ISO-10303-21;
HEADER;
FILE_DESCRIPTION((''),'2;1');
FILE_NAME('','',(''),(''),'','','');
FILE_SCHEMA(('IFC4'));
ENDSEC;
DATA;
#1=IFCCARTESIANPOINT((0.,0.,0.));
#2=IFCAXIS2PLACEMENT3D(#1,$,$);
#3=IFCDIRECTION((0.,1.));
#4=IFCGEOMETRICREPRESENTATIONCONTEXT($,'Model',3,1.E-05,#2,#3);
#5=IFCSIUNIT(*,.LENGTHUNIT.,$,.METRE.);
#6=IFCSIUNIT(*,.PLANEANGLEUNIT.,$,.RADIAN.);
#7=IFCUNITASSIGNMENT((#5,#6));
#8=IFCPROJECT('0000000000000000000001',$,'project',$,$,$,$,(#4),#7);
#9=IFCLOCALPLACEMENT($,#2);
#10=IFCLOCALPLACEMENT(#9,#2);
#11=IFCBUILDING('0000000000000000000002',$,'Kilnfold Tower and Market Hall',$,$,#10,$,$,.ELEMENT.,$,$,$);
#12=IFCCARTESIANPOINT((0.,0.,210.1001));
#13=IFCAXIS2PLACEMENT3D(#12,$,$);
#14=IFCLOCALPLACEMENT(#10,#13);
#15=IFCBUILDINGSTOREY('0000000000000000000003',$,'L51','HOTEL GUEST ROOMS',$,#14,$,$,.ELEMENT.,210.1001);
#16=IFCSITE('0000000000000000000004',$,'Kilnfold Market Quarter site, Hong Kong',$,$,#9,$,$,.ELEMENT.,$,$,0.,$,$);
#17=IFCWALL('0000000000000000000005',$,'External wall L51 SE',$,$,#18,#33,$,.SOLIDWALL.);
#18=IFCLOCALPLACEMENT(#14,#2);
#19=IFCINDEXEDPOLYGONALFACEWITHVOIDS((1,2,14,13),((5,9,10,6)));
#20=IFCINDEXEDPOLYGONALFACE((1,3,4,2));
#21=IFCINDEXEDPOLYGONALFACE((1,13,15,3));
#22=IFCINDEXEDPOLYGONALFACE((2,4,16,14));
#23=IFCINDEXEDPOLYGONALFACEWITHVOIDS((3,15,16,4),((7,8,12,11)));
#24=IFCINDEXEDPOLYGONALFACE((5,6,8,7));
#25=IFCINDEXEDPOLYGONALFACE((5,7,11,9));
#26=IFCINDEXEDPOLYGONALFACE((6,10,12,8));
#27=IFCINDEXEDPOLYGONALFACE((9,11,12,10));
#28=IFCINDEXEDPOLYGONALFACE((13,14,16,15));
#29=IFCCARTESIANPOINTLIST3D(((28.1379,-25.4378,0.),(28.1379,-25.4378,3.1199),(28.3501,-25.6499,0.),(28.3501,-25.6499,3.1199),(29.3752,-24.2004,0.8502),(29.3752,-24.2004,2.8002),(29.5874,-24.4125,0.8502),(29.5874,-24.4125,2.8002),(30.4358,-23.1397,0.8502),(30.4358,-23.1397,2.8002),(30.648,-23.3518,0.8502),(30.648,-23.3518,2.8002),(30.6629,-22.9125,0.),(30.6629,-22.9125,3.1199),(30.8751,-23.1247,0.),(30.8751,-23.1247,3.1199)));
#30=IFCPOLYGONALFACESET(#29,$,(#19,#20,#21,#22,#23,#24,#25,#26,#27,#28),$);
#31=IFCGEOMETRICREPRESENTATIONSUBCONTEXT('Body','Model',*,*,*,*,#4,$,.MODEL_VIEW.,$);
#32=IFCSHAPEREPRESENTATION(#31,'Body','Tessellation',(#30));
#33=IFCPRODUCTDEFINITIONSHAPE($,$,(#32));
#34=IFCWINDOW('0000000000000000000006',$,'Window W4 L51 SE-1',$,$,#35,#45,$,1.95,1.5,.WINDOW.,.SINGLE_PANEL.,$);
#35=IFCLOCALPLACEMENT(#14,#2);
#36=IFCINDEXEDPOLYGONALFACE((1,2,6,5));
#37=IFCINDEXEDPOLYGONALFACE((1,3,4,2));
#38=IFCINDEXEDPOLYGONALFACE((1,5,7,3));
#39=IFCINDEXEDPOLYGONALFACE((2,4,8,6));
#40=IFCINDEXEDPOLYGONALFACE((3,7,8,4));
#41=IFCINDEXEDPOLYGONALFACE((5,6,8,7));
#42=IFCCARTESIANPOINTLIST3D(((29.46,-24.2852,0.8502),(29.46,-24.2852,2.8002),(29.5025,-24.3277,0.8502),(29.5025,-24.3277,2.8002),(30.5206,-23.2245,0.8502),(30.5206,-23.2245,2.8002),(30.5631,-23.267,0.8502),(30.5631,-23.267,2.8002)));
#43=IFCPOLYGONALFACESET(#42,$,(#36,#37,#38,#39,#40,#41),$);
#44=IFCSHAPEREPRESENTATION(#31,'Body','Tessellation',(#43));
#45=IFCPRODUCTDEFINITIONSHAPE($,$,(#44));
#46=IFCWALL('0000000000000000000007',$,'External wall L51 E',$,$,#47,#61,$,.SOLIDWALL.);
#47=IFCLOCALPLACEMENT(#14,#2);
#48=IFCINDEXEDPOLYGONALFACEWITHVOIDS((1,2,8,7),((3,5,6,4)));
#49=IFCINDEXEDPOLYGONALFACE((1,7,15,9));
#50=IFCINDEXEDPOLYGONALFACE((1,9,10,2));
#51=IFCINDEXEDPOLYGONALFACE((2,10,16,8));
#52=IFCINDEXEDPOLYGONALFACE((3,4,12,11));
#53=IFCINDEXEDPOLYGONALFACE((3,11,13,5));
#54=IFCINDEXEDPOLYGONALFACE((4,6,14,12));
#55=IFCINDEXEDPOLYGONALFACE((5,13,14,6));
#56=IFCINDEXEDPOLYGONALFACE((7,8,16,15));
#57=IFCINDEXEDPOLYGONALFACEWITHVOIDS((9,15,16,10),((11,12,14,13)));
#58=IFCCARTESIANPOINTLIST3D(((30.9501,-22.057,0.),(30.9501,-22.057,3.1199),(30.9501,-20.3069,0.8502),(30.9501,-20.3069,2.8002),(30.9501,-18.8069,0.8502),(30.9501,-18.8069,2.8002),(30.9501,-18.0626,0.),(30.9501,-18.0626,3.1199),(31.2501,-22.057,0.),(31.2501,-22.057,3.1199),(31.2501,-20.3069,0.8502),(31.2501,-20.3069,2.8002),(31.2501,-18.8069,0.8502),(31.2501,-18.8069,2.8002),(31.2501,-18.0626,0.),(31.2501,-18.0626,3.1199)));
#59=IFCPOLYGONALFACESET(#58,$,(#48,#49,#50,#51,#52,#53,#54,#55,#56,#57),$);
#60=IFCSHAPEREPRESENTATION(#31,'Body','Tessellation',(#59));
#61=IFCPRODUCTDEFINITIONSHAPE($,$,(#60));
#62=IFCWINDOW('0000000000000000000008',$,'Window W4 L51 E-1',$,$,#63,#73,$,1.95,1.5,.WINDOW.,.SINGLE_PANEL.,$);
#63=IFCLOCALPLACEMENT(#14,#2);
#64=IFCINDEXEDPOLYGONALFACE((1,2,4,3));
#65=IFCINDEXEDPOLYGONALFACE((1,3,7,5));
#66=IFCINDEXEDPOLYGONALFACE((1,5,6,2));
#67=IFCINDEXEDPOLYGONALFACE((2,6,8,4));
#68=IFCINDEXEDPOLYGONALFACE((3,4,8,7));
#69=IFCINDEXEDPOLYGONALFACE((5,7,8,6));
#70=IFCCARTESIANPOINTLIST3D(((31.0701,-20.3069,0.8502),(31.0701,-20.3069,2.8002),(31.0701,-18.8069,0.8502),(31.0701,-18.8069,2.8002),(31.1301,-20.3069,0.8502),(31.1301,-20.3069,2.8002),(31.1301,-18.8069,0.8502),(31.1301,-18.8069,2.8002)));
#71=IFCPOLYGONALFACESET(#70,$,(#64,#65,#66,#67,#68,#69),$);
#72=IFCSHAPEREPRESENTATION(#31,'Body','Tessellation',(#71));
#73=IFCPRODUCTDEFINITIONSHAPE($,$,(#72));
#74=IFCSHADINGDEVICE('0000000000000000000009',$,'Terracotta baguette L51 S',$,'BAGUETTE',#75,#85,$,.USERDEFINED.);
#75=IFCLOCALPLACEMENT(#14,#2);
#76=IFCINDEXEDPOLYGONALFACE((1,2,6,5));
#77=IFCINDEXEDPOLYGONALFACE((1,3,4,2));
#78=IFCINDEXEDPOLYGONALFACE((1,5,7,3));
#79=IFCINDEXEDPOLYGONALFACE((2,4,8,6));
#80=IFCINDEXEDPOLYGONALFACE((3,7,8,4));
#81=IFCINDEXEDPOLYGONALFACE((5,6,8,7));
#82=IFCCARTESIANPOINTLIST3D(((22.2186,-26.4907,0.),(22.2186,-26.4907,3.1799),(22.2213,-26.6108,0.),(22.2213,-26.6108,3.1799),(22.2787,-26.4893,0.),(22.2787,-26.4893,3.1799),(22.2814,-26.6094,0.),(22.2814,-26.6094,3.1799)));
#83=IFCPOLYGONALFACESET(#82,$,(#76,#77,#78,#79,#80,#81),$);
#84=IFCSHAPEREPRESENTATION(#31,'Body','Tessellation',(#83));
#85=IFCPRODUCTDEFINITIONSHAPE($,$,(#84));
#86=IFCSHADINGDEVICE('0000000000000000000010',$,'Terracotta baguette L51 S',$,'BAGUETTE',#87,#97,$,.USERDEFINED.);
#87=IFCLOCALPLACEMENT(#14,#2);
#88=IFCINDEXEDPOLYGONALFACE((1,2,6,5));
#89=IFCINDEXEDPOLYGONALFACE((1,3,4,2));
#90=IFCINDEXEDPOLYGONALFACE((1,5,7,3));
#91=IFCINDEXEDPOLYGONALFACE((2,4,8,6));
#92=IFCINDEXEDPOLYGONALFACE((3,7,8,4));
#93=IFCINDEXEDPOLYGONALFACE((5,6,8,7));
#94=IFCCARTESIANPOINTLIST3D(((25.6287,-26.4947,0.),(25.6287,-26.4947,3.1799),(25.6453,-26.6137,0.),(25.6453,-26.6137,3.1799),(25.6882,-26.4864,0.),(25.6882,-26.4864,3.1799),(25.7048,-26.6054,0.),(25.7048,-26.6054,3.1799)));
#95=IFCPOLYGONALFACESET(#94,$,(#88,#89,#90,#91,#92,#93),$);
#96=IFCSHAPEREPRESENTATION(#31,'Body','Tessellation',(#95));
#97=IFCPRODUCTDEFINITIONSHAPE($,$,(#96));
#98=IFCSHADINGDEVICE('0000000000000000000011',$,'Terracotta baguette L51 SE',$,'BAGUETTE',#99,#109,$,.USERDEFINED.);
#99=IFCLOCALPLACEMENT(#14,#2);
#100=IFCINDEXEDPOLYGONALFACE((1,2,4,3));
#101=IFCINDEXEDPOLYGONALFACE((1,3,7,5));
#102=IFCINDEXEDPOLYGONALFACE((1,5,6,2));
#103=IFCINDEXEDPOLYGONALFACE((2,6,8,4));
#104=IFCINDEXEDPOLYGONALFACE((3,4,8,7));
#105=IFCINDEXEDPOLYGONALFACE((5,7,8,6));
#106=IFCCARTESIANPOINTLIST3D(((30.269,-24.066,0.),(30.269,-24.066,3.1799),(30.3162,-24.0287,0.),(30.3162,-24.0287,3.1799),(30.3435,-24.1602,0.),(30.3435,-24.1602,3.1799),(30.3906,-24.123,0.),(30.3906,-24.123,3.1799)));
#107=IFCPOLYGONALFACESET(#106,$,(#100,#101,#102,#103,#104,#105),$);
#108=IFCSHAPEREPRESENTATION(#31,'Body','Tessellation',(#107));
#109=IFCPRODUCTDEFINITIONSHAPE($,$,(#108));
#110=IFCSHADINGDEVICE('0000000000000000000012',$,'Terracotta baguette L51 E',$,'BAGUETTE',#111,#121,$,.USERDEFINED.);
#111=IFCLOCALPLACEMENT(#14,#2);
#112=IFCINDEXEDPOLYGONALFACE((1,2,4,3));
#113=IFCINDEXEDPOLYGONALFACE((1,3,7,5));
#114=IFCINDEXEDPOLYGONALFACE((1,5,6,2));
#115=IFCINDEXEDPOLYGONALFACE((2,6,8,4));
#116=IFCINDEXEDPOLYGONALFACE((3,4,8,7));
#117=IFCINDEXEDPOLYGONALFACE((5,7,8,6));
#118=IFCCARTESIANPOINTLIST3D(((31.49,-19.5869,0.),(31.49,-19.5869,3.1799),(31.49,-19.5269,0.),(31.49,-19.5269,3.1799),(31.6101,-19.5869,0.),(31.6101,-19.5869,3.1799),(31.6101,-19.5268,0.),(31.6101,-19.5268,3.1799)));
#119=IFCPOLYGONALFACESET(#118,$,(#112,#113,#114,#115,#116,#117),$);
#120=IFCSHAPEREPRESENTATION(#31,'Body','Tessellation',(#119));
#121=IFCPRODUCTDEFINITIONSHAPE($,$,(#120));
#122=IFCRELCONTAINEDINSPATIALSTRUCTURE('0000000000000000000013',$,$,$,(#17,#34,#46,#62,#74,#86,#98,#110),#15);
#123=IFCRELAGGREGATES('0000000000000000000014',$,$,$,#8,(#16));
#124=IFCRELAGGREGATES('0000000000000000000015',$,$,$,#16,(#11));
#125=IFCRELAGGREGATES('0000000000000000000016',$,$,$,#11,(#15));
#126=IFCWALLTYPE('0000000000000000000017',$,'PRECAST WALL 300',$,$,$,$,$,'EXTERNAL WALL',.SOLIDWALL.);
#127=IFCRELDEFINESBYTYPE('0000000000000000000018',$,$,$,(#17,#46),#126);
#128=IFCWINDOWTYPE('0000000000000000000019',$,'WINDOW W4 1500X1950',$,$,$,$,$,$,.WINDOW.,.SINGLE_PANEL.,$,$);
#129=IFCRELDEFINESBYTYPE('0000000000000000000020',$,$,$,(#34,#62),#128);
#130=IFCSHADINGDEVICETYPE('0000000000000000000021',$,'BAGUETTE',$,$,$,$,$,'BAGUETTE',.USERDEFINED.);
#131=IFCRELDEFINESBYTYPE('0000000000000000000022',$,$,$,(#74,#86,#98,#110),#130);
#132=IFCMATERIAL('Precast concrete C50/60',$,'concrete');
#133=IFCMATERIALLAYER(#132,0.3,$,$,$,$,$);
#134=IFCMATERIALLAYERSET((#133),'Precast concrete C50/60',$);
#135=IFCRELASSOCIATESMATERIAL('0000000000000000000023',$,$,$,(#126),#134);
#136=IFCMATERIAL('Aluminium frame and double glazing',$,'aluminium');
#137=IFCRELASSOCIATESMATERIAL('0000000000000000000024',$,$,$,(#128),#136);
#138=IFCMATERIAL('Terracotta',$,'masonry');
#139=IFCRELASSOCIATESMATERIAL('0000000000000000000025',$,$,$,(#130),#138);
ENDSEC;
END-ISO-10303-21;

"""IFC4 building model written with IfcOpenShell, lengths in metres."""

from ifc_helpers import new_model, si_unit, direction, frame, frame_2d, origin, origin_2d, place, context, subcontext, project, spatial, rectangle, extrude, source, transform, mapped, material, layer, layer_set, material_profile, profile_set, type_object, element, fill, save


model = new_model("IFC4")

# Units and contexts
model_context = context("Model", 3, precision=1e-05, world=origin(), true_north=direction((0.0, 1.0)))
body_context = subcontext(model_context, "Body", "Model", "MODEL_VIEW")
ifc_project = project(units=[si_unit("LENGTHUNIT", "METRE"), si_unit("PLANEANGLEUNIT", "RADIAN")], contexts=[model_context])

# Site, building, storey
site_placement = place(None, origin())
site = spatial("IfcSite", under=ifc_project, at=site_placement, Name="Kilnfold Market Quarter site, Hong Kong", CompositionType="ELEMENT", RefElevation=0.0)
building_placement = place(site_placement, origin())
building = spatial("IfcBuilding", under=site, at=building_placement, Name="Kilnfold Tower and Market Hall", CompositionType="ELEMENT")
storey_placement = place(building_placement, frame((0.0, 0.0, 210.1001)))
storey = spatial("IfcBuildingStorey", under=building, at=storey_placement, Name="L51", Description="HOTEL GUEST ROOMS", CompositionType="ELEMENT", Elevation=210.1001)

# Shared definitions
ifc_material_1 = material(Name="Precast concrete C50/60", Category="concrete")
ifc_layer_1 = layer(ifc_material_1, 0.3)
ifc_layer_set_1 = layer_set([ifc_layer_1], Name="Precast concrete C50/60")
wall_type_1 = type_object("IfcWallType", Name="PRECAST WALL 300", ElementType="EXTERNAL WALL", PredefinedType="SOLIDWALL", material=ifc_layer_set_1)
ifc_material_2 = material(Name="Aluminium frame and double glazing", Category="aluminium")
window_type = type_object("IfcWindowType", Name="WINDOW W4 1500X1950", PartitioningType="SINGLE_PANEL", PredefinedType="WINDOW", material=ifc_material_2)

# Walls, openings, windows
shared_shape_1 = source(origin(), body_context, "Body", "SweptSolid", [
    extrude(rectangle(XDim=3.571, YDim=0.3, at=frame_2d((1.7856, 0.0))), origin(), (0.0, 0.0, 1.0), 3.1199),
])
wall_1_placement = place(storey_placement, frame((28.2439, -25.5439, 0.0), z_axis=(0.0, 0.0, 1.0), x_axis=(0.707073, 0.707141, 0.0)))
wall_1 = element("IfcWall", 1, at=wall_1_placement, inside=storey, type_object=wall_type_1, Name="External wall L51 SE", PredefinedType="SOLIDWALL", context=body_context, shape_type="MappedRepresentation", body=[
    mapped(shared_shape_1, transform((0.0, 0.0, 0.0))),
])
opening_1_placement = place(wall_1_placement, frame((1.75, 0.0, 0.8501)))
opening_1 = element("IfcOpeningElement", 2, at=opening_1_placement, cuts=wall_1, PredefinedType="OPENING", context=body_context, shape_type="SweptSolid", body=[
    extrude(rectangle(XDim=1.5, YDim=1.95, at=frame_2d((0.75, 0.9751))), frame((0.0, 0.1602, 0.0), z_axis=(0.0, -1.0, 0.0), x_axis=(1.0, 0.0, 0.0)), (0.0, 0.0, 1.0), 0.3201),
])
window_1_placement = place(opening_1_placement, origin())
window_1 = element("IfcWindow", 3, at=window_1_placement, inside=storey, type_object=window_type, Name="Window W4 L51 SE-1", OverallHeight=1.95, OverallWidth=1.5, PartitioningType="SINGLE_PANEL", PredefinedType="WINDOW", context=body_context, shape_type="SweptSolid", body=[
    extrude(rectangle(XDim=1.5, YDim=1.95, at=frame_2d((0.75, 0.9751))), frame((0.0, 0.03, 0.0), z_axis=(0.0, -1.0, 0.0), x_axis=(1.0, 0.0, 0.0)), (0.0, 0.0, 1.0), 0.0601),
])
fill(opening_1, window_1)
shared_shape_2 = source(origin(), body_context, "Body", "SweptSolid", [
    extrude(rectangle(XDim=3.9944, YDim=0.3, at=frame_2d((1.9971, 0.0))), origin(), (0.0, 0.0, 1.0), 3.1199),
])
wall_2_placement = place(storey_placement, frame((31.1001, -22.0569, 0.0), z_axis=(0.0, 0.0, 1.0), x_axis=(0.0, 1.0, 0.0)))
wall_2 = element("IfcWall", 4, at=wall_2_placement, inside=storey, type_object=wall_type_1, Name="External wall L51 E", PredefinedType="SOLIDWALL", context=body_context, shape_type="MappedRepresentation", body=[
    mapped(shared_shape_2, transform((0.0, 0.0, 0.0))),
])
opening_2_placement = place(wall_2_placement, frame((1.75, 0.0, 0.8501)))
opening_2 = element("IfcOpeningElement", 5, at=opening_2_placement, cuts=wall_2, PredefinedType="OPENING", context=body_context, shape_type="SweptSolid", body=[
    extrude(rectangle(XDim=1.5, YDim=1.95, at=frame_2d((0.75, 0.9751))), frame((0.0, 0.1602, 0.0), z_axis=(0.0, -1.0, 0.0), x_axis=(1.0, 0.0, 0.0)), (0.0, 0.0, 1.0), 0.3201),
])
window_2_placement = place(opening_2_placement, origin())
window_2 = element("IfcWindow", 6, at=window_2_placement, inside=storey, type_object=window_type, Name="Window W4 L51 E-1", OverallHeight=1.95, OverallWidth=1.5, PartitioningType="SINGLE_PANEL", PredefinedType="WINDOW", context=body_context, shape_type="SweptSolid", body=[
    extrude(rectangle(XDim=1.5, YDim=1.95, at=frame_2d((0.75, 0.9751))), frame((0.0, 0.03, 0.0), z_axis=(0.0, -1.0, 0.0), x_axis=(1.0, 0.0, 0.0)), (0.0, 0.0, 1.0), 0.0601),
])
fill(opening_2, window_2)

# Shading devices
ifc_material_3 = material(Name="Terracotta", Category="masonry")
ifc_material_profile_1 = material_profile(ifc_material_3, rectangle(XDim=0.0601, YDim=0.1201, at=origin_2d()), Name="BAG 60x120")
ifc_profile_set_1 = profile_set([ifc_material_profile_1], Name="Terracotta")
shading_device_type = type_object("IfcShadingDeviceType", Name="BAGUETTE", ElementType="BAGUETTE", PredefinedType="USERDEFINED", material=ifc_profile_set_1)
shared_shape_3 = source(origin(), body_context, "Body", "SweptSolid", [
    extrude(rectangle(XDim=0.0601, YDim=0.1201, at=origin_2d()), origin(), (0.0, 0.0, 1.0), 3.1799),
])
for number, where, z_axis, x_axis, name in (
    (7, (22.25, -26.55, 0.0), (0.0, 0.0, 1.0), (0.999739, 0.02283, 0.0), "Terracotta baguette L51 S"),
    (8, (25.6667, -26.55, 0.0), (0.0, 0.0, 1.0), (0.990424, 0.138062, 0.0), "Terracotta baguette L51 S"),
    (9, (30.3298, -24.0945, 0.0), (0.0, 0.0, 1.0), (0.784832, 0.619709, 0.0), "Terracotta baguette L51 SE"),
    (10, (31.55, -19.5569, 0.0), (0.0, 0.0, 1.0), (-0.00056, 1.0, 0.0), "Terracotta baguette L51 E"),
):
    element("IfcShadingDevice", number, at=place(storey_placement, frame(where, z_axis=z_axis, x_axis=x_axis)), inside=storey, type_object=shading_device_type, Name=name, ObjectType="BAGUETTE", PredefinedType="USERDEFINED", context=body_context, shape_type="MappedRepresentation", body=[
        mapped(shared_shape_3, transform((0.0, 0.0, 0.0))),
    ])

save(model, "model.ifc")
